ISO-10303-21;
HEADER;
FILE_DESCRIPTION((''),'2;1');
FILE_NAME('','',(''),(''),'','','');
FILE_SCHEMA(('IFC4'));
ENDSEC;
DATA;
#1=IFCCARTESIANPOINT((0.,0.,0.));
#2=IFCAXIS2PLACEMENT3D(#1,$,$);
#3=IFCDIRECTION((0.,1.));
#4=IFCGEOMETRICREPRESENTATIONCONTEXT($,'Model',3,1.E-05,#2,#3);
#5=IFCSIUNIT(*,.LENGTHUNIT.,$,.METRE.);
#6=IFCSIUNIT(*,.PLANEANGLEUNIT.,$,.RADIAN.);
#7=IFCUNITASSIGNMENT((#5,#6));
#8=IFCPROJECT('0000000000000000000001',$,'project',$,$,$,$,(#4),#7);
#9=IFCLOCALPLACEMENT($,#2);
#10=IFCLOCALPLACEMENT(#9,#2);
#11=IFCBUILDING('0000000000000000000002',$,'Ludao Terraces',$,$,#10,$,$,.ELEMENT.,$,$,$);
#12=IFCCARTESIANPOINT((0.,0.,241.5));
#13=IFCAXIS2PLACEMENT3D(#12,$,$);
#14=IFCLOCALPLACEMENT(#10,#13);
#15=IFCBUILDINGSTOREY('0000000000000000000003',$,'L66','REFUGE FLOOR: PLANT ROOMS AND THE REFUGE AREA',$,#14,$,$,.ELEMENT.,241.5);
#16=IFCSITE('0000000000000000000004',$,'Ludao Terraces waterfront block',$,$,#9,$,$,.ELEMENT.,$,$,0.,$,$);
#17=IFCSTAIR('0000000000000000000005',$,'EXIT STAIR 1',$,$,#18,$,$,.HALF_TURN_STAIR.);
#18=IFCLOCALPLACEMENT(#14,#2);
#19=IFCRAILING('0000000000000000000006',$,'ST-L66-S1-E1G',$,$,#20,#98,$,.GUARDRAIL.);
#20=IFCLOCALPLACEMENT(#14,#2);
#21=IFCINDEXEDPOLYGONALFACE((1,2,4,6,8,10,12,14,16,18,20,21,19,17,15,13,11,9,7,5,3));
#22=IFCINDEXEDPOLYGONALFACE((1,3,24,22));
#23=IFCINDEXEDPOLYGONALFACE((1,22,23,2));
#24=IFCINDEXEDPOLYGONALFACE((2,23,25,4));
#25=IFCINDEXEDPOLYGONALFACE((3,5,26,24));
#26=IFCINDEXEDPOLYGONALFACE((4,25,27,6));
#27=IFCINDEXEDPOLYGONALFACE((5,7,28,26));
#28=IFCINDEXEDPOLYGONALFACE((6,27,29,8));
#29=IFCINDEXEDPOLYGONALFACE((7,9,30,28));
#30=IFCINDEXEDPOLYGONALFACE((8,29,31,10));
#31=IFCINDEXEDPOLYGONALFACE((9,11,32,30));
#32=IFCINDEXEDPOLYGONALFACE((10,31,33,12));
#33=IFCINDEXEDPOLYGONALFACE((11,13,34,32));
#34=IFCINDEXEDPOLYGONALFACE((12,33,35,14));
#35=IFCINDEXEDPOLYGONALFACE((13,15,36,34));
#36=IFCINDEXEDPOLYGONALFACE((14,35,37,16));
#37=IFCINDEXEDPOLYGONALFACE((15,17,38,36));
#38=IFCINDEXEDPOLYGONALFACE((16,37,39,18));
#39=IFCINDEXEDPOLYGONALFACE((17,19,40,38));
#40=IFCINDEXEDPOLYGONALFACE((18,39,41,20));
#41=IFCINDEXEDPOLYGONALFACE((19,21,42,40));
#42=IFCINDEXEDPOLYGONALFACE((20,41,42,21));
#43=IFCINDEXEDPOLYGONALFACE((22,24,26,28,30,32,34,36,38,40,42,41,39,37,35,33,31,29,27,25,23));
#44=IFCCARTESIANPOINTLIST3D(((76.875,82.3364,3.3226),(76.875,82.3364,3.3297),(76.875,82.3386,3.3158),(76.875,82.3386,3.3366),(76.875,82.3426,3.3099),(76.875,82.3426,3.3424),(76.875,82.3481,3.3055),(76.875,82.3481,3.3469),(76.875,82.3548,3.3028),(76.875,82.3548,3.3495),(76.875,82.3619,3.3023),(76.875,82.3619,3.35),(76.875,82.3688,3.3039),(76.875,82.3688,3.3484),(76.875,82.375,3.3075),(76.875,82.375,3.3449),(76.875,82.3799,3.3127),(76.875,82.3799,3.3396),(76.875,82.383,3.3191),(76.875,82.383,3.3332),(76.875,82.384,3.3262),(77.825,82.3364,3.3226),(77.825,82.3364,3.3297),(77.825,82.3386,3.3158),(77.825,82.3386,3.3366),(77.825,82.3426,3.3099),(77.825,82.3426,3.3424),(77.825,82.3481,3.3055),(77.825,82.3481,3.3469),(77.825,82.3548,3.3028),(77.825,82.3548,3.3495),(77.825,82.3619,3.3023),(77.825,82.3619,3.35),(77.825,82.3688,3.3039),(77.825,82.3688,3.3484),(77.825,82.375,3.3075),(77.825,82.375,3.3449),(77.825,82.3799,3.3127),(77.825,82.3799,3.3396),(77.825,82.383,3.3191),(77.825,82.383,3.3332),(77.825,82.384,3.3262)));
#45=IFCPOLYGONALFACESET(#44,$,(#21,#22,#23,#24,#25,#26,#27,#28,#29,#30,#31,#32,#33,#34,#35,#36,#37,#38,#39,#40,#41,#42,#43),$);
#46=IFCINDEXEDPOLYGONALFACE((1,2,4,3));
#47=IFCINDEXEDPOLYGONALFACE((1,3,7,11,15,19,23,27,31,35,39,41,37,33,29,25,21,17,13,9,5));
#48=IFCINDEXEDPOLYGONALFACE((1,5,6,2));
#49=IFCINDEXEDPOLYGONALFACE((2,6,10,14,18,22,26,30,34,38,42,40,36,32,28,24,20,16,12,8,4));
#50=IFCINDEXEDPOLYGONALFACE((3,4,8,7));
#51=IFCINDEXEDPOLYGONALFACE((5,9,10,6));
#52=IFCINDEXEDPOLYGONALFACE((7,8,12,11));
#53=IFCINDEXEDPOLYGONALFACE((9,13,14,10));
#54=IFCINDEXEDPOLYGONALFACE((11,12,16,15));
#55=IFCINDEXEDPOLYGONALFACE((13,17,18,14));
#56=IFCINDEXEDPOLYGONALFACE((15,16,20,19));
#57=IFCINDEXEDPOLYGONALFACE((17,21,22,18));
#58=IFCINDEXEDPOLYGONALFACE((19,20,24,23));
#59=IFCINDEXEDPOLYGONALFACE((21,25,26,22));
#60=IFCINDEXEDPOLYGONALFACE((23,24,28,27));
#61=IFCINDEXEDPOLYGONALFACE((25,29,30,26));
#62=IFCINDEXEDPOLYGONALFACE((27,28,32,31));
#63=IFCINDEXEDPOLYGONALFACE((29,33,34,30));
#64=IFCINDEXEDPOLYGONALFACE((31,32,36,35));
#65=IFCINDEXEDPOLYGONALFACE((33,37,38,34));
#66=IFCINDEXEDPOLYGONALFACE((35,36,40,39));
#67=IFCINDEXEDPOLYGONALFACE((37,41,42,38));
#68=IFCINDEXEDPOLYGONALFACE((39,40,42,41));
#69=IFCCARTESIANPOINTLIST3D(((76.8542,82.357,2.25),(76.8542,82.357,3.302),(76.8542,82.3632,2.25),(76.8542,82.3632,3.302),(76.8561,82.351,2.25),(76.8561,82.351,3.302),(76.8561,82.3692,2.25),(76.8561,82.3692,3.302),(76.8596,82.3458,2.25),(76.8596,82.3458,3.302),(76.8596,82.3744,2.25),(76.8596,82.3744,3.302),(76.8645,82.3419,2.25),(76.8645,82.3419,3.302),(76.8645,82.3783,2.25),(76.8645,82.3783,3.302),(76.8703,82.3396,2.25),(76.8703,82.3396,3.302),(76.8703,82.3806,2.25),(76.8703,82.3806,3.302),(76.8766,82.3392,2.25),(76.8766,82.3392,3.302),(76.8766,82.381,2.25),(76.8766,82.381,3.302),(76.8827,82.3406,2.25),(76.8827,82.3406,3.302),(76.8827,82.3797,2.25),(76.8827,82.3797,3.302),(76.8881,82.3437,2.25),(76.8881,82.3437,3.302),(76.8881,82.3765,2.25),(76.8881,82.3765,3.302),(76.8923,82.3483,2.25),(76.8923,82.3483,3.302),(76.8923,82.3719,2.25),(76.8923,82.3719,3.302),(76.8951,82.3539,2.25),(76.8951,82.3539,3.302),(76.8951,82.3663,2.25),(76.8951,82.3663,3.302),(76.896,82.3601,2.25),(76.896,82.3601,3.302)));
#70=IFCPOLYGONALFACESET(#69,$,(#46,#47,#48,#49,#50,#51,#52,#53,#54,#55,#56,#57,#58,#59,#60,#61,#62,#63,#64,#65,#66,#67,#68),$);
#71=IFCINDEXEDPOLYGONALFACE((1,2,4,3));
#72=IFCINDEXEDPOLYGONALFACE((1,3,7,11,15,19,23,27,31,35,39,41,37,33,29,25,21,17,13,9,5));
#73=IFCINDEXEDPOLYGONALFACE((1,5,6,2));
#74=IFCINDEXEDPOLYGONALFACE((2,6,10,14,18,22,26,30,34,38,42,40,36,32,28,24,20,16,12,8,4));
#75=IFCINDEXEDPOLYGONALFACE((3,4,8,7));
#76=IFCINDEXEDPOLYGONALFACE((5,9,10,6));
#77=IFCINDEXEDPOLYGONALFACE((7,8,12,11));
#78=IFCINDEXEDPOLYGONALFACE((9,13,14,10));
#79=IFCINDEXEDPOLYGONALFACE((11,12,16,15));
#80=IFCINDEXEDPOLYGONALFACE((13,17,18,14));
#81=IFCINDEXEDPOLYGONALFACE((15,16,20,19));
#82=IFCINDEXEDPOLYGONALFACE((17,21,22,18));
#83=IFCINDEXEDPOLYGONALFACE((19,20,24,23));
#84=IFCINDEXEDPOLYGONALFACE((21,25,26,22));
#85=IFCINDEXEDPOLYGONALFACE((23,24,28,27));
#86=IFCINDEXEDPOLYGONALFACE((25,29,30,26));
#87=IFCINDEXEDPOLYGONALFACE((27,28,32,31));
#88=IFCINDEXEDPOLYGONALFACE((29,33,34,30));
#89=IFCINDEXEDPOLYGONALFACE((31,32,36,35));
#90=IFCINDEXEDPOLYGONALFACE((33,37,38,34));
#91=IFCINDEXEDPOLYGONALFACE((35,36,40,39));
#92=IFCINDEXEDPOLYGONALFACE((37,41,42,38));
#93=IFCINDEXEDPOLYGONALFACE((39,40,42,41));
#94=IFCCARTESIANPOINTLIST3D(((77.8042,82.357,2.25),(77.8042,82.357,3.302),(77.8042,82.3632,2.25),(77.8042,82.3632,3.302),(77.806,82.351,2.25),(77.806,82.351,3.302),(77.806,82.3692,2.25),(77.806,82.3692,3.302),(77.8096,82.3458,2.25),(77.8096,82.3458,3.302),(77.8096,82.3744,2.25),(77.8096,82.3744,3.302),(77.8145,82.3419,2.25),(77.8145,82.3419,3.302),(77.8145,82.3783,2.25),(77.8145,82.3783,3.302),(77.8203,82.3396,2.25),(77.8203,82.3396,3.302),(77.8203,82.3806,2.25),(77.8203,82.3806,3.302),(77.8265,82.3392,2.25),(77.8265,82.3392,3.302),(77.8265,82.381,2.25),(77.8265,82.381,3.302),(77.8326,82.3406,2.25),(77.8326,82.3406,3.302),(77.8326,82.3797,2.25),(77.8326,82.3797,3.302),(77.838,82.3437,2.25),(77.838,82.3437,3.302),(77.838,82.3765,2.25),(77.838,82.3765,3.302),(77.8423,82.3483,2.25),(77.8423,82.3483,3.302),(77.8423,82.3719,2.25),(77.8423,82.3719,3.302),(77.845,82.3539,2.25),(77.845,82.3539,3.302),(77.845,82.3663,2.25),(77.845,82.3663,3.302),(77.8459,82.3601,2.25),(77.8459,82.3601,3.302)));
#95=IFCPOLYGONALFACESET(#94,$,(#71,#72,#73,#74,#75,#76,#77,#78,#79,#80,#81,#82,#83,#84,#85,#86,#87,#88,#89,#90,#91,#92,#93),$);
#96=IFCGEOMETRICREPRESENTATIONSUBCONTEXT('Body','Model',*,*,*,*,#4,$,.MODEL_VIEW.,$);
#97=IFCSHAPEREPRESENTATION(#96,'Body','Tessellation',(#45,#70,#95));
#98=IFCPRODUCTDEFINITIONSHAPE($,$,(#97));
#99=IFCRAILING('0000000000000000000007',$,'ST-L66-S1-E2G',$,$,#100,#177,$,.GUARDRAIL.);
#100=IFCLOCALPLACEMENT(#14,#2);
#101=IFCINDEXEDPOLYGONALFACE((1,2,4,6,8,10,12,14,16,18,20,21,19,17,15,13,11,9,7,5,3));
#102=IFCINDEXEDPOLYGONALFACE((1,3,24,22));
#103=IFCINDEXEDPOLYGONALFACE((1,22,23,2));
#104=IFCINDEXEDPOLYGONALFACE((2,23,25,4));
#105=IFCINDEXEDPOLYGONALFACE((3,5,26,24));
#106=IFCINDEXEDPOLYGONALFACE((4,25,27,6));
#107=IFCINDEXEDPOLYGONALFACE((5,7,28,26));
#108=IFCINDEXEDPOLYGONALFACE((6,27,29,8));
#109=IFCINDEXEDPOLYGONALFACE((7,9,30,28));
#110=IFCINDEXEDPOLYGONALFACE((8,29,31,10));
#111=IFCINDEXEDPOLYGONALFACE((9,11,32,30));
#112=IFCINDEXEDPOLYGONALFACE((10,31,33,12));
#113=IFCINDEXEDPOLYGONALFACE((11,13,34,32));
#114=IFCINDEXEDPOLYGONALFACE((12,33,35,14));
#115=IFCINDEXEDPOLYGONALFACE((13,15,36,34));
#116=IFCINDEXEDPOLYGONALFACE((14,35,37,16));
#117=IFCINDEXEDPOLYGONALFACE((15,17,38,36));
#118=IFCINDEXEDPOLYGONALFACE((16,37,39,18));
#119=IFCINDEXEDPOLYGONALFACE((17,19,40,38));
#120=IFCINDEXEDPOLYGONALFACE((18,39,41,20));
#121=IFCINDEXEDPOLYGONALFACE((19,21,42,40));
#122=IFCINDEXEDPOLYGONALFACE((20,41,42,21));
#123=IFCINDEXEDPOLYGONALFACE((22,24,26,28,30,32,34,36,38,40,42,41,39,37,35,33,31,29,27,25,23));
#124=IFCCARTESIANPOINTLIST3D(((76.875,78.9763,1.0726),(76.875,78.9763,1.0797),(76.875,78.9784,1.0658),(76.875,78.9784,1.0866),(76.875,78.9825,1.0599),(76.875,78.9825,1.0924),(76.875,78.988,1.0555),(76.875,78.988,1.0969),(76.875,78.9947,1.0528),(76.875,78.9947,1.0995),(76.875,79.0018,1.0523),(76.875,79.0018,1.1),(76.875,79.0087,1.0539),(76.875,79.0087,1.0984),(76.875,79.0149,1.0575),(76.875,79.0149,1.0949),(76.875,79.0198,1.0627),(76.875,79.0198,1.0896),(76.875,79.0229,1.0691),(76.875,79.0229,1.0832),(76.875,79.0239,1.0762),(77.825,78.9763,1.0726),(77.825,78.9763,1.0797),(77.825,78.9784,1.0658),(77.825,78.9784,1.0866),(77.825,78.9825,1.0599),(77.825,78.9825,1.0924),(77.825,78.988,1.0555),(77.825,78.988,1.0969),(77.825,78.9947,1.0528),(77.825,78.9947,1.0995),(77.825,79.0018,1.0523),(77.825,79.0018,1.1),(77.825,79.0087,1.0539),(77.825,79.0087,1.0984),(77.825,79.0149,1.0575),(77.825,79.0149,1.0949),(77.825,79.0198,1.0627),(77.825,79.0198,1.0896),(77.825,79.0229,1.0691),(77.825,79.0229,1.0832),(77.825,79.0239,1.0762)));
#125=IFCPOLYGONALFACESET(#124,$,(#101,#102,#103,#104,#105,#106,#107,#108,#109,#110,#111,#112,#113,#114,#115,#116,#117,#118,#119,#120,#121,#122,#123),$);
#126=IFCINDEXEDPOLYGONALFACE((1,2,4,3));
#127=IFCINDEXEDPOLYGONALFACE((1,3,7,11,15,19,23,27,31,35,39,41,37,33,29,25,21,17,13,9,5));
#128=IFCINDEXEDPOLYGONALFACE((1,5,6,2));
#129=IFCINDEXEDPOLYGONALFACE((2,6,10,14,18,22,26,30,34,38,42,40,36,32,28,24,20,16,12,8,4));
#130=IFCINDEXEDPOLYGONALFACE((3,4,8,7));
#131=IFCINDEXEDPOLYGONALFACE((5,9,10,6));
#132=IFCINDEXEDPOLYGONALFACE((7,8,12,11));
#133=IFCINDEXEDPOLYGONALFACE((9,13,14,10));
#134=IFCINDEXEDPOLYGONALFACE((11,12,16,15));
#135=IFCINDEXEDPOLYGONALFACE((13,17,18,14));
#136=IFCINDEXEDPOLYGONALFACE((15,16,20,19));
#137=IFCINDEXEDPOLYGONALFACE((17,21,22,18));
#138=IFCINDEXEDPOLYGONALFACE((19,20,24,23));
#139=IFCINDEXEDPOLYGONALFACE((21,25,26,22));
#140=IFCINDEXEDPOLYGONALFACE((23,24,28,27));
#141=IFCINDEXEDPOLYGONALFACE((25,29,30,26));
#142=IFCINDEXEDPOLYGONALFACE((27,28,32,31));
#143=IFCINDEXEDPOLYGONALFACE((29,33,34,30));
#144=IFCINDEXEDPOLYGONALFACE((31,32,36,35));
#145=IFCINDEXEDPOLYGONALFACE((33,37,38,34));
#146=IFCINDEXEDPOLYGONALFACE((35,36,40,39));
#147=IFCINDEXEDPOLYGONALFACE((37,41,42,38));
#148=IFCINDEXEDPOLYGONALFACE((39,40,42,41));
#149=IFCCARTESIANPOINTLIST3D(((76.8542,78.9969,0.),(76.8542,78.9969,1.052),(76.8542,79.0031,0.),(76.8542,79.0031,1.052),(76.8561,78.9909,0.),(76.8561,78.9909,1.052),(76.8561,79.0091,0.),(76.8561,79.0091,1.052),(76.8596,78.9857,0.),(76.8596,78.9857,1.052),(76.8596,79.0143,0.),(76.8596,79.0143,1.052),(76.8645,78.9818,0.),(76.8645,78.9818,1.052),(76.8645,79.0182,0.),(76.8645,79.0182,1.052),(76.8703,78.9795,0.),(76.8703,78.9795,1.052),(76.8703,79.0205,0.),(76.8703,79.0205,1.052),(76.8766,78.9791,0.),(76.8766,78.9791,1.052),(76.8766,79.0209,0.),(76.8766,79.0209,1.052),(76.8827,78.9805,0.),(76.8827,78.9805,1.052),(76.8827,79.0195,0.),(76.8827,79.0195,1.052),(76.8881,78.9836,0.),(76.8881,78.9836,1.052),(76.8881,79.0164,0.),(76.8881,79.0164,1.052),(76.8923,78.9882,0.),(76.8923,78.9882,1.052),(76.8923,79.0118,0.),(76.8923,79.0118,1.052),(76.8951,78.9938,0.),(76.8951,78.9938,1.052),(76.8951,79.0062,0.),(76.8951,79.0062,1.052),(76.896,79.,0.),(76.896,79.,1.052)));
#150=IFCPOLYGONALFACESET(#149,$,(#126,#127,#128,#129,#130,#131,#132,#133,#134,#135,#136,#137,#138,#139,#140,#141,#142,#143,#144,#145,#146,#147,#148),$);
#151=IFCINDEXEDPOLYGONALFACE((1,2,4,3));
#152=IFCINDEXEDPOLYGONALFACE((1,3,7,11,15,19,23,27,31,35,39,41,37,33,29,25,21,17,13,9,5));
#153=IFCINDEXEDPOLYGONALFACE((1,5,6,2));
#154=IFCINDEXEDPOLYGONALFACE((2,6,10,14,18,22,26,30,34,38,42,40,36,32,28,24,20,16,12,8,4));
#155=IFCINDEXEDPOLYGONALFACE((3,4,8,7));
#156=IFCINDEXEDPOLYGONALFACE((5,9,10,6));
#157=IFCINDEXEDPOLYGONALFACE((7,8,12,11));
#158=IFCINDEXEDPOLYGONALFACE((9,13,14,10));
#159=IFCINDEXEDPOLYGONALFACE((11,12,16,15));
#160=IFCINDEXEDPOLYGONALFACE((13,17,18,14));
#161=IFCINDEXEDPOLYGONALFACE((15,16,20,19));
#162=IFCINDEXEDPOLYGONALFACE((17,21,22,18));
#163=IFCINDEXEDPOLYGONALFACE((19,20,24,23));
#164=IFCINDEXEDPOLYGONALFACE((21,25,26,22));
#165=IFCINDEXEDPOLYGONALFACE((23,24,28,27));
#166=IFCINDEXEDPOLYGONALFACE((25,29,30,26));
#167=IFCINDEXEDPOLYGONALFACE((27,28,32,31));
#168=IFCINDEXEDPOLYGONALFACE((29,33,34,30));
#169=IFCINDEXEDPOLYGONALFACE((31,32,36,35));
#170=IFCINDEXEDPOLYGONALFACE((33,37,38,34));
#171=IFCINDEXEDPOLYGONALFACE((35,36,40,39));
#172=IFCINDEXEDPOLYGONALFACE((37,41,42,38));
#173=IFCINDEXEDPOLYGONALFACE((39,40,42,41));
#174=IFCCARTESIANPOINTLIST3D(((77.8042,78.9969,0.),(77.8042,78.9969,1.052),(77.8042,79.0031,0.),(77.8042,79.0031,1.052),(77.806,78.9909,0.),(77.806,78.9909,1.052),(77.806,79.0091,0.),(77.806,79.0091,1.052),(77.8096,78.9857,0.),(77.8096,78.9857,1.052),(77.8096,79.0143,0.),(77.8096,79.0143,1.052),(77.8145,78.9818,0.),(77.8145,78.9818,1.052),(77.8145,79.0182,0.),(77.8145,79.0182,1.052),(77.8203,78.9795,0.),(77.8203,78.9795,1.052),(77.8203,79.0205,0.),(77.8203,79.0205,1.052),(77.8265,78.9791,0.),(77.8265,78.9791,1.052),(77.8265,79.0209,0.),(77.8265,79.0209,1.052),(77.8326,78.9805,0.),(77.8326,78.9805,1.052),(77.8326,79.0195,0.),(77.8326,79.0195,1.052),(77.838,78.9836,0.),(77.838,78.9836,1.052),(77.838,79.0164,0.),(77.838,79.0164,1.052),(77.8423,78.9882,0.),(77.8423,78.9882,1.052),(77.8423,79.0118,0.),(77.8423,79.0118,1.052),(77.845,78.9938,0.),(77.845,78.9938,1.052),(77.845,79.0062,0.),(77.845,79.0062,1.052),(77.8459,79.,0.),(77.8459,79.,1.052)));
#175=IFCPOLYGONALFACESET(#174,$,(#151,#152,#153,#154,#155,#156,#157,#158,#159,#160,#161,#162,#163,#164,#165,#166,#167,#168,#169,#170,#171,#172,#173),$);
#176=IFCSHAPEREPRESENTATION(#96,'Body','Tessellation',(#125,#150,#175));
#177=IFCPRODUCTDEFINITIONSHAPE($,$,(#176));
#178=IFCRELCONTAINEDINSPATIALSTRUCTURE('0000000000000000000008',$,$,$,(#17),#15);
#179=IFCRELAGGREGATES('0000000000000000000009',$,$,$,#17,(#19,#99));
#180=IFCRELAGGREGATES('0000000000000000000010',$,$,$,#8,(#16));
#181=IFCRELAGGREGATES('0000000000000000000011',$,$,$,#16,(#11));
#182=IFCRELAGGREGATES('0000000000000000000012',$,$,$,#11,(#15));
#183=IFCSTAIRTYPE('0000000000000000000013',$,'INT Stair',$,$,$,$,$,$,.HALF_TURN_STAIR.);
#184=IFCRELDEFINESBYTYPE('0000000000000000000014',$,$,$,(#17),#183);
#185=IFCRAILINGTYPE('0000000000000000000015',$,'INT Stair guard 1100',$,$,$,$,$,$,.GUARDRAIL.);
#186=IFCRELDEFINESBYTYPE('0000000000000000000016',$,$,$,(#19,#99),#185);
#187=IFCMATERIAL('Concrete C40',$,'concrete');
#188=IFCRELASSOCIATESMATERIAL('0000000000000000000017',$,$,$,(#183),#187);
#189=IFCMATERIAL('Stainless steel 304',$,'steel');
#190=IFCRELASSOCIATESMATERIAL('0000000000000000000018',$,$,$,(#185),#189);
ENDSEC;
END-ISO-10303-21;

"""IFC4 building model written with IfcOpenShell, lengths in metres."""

from ifc_helpers import new_model, si_unit, direction, frame, origin, origin_2d, place, context, subcontext, project, spatial, circle, extrude, material, type_object, element, aggregate, save


model = new_model("IFC4")

# Units and contexts
model_context = context("Model", 3, precision=1e-05, world=origin(), true_north=direction((0.0, 1.0)))
body_context = subcontext(model_context, "Body", "Model", "MODEL_VIEW")
ifc_project = project(units=[si_unit("LENGTHUNIT", "METRE"), si_unit("PLANEANGLEUNIT", "RADIAN")], contexts=[model_context])

# Site, building, storey
site_placement = place(None, origin())
site = spatial("IfcSite", under=ifc_project, at=site_placement, Name="Ludao Terraces waterfront block", CompositionType="ELEMENT", RefElevation=0.0)
building_placement = place(site_placement, origin())
building = spatial("IfcBuilding", under=site, at=building_placement, Name="Ludao Terraces", CompositionType="ELEMENT")
storey_placement = place(building_placement, frame((0.0, 0.0, 241.5)))
storey = spatial("IfcBuildingStorey", under=building, at=storey_placement, Name="L66", Description="REFUGE FLOOR: PLANT ROOMS AND THE REFUGE AREA", CompositionType="ELEMENT", Elevation=241.5)

# Shared definitions
ifc_material_1 = material(Name="Stainless steel 304", Category="steel")

# Stair, railings
ifc_material_2 = material(Name="Concrete C40", Category="concrete")
stair_type = type_object("IfcStairType", Name="INT Stair", PredefinedType="HALF_TURN_STAIR", material=ifc_material_2)
stair_placement = place(storey_placement, origin())
stair = element("IfcStair", 1, at=stair_placement, inside=storey, type_object=stair_type, Name="EXIT STAIR 1", PredefinedType="HALF_TURN_STAIR")
railing_type_1 = type_object("IfcRailingType", Name="INT Stair guard 1100", PredefinedType="GUARDRAIL", material=ifc_material_1)
railing_1_placement = place(storey_placement, frame((76.875, 82.3601, 2.25)))
railing_1 = element("IfcRailing", 2, at=railing_1_placement, type_object=railing_type_1, Name="ST-L66-S1-E1G", PredefinedType="GUARDRAIL", context=body_context, shape_type="SweptSolid", body=[
    extrude(circle(Radius=0.0239, at=origin_2d()), frame((0.0, 0.0, 1.0762), z_axis=(1.0, 0.0, 0.0), x_axis=(0.0, 1.0, 0.0)), (0.0, 0.0, 1.0), 0.95),
    extrude(circle(Radius=0.021, at=origin_2d()), origin(), (0.0, 0.0, 1.0), 1.052),
    extrude(circle(Radius=0.021, at=origin_2d()), frame((0.95, 0.0, 0.0)), (0.0, 0.0, 1.0), 1.052),
])
railing_2_placement = place(storey_placement, frame((76.875, 79.0, 0.0)))
railing_2 = element("IfcRailing", 3, at=railing_2_placement, type_object=railing_type_1, Name="ST-L66-S1-E2G", PredefinedType="GUARDRAIL", context=body_context, shape_type="SweptSolid", body=[
    extrude(circle(Radius=0.0239, at=origin_2d()), frame((0.0, 0.0, 1.0762), z_axis=(1.0, 0.0, 0.0), x_axis=(0.0, 1.0, 0.0)), (0.0, 0.0, 1.0), 0.95),
    extrude(circle(Radius=0.021, at=origin_2d()), origin(), (0.0, 0.0, 1.0), 1.052),
    extrude(circle(Radius=0.021, at=origin_2d()), frame((0.95, 0.0, 0.0)), (0.0, 0.0, 1.0), 1.052),
])
aggregate(stair, [railing_1, railing_2])

save(model, "model.ifc")
